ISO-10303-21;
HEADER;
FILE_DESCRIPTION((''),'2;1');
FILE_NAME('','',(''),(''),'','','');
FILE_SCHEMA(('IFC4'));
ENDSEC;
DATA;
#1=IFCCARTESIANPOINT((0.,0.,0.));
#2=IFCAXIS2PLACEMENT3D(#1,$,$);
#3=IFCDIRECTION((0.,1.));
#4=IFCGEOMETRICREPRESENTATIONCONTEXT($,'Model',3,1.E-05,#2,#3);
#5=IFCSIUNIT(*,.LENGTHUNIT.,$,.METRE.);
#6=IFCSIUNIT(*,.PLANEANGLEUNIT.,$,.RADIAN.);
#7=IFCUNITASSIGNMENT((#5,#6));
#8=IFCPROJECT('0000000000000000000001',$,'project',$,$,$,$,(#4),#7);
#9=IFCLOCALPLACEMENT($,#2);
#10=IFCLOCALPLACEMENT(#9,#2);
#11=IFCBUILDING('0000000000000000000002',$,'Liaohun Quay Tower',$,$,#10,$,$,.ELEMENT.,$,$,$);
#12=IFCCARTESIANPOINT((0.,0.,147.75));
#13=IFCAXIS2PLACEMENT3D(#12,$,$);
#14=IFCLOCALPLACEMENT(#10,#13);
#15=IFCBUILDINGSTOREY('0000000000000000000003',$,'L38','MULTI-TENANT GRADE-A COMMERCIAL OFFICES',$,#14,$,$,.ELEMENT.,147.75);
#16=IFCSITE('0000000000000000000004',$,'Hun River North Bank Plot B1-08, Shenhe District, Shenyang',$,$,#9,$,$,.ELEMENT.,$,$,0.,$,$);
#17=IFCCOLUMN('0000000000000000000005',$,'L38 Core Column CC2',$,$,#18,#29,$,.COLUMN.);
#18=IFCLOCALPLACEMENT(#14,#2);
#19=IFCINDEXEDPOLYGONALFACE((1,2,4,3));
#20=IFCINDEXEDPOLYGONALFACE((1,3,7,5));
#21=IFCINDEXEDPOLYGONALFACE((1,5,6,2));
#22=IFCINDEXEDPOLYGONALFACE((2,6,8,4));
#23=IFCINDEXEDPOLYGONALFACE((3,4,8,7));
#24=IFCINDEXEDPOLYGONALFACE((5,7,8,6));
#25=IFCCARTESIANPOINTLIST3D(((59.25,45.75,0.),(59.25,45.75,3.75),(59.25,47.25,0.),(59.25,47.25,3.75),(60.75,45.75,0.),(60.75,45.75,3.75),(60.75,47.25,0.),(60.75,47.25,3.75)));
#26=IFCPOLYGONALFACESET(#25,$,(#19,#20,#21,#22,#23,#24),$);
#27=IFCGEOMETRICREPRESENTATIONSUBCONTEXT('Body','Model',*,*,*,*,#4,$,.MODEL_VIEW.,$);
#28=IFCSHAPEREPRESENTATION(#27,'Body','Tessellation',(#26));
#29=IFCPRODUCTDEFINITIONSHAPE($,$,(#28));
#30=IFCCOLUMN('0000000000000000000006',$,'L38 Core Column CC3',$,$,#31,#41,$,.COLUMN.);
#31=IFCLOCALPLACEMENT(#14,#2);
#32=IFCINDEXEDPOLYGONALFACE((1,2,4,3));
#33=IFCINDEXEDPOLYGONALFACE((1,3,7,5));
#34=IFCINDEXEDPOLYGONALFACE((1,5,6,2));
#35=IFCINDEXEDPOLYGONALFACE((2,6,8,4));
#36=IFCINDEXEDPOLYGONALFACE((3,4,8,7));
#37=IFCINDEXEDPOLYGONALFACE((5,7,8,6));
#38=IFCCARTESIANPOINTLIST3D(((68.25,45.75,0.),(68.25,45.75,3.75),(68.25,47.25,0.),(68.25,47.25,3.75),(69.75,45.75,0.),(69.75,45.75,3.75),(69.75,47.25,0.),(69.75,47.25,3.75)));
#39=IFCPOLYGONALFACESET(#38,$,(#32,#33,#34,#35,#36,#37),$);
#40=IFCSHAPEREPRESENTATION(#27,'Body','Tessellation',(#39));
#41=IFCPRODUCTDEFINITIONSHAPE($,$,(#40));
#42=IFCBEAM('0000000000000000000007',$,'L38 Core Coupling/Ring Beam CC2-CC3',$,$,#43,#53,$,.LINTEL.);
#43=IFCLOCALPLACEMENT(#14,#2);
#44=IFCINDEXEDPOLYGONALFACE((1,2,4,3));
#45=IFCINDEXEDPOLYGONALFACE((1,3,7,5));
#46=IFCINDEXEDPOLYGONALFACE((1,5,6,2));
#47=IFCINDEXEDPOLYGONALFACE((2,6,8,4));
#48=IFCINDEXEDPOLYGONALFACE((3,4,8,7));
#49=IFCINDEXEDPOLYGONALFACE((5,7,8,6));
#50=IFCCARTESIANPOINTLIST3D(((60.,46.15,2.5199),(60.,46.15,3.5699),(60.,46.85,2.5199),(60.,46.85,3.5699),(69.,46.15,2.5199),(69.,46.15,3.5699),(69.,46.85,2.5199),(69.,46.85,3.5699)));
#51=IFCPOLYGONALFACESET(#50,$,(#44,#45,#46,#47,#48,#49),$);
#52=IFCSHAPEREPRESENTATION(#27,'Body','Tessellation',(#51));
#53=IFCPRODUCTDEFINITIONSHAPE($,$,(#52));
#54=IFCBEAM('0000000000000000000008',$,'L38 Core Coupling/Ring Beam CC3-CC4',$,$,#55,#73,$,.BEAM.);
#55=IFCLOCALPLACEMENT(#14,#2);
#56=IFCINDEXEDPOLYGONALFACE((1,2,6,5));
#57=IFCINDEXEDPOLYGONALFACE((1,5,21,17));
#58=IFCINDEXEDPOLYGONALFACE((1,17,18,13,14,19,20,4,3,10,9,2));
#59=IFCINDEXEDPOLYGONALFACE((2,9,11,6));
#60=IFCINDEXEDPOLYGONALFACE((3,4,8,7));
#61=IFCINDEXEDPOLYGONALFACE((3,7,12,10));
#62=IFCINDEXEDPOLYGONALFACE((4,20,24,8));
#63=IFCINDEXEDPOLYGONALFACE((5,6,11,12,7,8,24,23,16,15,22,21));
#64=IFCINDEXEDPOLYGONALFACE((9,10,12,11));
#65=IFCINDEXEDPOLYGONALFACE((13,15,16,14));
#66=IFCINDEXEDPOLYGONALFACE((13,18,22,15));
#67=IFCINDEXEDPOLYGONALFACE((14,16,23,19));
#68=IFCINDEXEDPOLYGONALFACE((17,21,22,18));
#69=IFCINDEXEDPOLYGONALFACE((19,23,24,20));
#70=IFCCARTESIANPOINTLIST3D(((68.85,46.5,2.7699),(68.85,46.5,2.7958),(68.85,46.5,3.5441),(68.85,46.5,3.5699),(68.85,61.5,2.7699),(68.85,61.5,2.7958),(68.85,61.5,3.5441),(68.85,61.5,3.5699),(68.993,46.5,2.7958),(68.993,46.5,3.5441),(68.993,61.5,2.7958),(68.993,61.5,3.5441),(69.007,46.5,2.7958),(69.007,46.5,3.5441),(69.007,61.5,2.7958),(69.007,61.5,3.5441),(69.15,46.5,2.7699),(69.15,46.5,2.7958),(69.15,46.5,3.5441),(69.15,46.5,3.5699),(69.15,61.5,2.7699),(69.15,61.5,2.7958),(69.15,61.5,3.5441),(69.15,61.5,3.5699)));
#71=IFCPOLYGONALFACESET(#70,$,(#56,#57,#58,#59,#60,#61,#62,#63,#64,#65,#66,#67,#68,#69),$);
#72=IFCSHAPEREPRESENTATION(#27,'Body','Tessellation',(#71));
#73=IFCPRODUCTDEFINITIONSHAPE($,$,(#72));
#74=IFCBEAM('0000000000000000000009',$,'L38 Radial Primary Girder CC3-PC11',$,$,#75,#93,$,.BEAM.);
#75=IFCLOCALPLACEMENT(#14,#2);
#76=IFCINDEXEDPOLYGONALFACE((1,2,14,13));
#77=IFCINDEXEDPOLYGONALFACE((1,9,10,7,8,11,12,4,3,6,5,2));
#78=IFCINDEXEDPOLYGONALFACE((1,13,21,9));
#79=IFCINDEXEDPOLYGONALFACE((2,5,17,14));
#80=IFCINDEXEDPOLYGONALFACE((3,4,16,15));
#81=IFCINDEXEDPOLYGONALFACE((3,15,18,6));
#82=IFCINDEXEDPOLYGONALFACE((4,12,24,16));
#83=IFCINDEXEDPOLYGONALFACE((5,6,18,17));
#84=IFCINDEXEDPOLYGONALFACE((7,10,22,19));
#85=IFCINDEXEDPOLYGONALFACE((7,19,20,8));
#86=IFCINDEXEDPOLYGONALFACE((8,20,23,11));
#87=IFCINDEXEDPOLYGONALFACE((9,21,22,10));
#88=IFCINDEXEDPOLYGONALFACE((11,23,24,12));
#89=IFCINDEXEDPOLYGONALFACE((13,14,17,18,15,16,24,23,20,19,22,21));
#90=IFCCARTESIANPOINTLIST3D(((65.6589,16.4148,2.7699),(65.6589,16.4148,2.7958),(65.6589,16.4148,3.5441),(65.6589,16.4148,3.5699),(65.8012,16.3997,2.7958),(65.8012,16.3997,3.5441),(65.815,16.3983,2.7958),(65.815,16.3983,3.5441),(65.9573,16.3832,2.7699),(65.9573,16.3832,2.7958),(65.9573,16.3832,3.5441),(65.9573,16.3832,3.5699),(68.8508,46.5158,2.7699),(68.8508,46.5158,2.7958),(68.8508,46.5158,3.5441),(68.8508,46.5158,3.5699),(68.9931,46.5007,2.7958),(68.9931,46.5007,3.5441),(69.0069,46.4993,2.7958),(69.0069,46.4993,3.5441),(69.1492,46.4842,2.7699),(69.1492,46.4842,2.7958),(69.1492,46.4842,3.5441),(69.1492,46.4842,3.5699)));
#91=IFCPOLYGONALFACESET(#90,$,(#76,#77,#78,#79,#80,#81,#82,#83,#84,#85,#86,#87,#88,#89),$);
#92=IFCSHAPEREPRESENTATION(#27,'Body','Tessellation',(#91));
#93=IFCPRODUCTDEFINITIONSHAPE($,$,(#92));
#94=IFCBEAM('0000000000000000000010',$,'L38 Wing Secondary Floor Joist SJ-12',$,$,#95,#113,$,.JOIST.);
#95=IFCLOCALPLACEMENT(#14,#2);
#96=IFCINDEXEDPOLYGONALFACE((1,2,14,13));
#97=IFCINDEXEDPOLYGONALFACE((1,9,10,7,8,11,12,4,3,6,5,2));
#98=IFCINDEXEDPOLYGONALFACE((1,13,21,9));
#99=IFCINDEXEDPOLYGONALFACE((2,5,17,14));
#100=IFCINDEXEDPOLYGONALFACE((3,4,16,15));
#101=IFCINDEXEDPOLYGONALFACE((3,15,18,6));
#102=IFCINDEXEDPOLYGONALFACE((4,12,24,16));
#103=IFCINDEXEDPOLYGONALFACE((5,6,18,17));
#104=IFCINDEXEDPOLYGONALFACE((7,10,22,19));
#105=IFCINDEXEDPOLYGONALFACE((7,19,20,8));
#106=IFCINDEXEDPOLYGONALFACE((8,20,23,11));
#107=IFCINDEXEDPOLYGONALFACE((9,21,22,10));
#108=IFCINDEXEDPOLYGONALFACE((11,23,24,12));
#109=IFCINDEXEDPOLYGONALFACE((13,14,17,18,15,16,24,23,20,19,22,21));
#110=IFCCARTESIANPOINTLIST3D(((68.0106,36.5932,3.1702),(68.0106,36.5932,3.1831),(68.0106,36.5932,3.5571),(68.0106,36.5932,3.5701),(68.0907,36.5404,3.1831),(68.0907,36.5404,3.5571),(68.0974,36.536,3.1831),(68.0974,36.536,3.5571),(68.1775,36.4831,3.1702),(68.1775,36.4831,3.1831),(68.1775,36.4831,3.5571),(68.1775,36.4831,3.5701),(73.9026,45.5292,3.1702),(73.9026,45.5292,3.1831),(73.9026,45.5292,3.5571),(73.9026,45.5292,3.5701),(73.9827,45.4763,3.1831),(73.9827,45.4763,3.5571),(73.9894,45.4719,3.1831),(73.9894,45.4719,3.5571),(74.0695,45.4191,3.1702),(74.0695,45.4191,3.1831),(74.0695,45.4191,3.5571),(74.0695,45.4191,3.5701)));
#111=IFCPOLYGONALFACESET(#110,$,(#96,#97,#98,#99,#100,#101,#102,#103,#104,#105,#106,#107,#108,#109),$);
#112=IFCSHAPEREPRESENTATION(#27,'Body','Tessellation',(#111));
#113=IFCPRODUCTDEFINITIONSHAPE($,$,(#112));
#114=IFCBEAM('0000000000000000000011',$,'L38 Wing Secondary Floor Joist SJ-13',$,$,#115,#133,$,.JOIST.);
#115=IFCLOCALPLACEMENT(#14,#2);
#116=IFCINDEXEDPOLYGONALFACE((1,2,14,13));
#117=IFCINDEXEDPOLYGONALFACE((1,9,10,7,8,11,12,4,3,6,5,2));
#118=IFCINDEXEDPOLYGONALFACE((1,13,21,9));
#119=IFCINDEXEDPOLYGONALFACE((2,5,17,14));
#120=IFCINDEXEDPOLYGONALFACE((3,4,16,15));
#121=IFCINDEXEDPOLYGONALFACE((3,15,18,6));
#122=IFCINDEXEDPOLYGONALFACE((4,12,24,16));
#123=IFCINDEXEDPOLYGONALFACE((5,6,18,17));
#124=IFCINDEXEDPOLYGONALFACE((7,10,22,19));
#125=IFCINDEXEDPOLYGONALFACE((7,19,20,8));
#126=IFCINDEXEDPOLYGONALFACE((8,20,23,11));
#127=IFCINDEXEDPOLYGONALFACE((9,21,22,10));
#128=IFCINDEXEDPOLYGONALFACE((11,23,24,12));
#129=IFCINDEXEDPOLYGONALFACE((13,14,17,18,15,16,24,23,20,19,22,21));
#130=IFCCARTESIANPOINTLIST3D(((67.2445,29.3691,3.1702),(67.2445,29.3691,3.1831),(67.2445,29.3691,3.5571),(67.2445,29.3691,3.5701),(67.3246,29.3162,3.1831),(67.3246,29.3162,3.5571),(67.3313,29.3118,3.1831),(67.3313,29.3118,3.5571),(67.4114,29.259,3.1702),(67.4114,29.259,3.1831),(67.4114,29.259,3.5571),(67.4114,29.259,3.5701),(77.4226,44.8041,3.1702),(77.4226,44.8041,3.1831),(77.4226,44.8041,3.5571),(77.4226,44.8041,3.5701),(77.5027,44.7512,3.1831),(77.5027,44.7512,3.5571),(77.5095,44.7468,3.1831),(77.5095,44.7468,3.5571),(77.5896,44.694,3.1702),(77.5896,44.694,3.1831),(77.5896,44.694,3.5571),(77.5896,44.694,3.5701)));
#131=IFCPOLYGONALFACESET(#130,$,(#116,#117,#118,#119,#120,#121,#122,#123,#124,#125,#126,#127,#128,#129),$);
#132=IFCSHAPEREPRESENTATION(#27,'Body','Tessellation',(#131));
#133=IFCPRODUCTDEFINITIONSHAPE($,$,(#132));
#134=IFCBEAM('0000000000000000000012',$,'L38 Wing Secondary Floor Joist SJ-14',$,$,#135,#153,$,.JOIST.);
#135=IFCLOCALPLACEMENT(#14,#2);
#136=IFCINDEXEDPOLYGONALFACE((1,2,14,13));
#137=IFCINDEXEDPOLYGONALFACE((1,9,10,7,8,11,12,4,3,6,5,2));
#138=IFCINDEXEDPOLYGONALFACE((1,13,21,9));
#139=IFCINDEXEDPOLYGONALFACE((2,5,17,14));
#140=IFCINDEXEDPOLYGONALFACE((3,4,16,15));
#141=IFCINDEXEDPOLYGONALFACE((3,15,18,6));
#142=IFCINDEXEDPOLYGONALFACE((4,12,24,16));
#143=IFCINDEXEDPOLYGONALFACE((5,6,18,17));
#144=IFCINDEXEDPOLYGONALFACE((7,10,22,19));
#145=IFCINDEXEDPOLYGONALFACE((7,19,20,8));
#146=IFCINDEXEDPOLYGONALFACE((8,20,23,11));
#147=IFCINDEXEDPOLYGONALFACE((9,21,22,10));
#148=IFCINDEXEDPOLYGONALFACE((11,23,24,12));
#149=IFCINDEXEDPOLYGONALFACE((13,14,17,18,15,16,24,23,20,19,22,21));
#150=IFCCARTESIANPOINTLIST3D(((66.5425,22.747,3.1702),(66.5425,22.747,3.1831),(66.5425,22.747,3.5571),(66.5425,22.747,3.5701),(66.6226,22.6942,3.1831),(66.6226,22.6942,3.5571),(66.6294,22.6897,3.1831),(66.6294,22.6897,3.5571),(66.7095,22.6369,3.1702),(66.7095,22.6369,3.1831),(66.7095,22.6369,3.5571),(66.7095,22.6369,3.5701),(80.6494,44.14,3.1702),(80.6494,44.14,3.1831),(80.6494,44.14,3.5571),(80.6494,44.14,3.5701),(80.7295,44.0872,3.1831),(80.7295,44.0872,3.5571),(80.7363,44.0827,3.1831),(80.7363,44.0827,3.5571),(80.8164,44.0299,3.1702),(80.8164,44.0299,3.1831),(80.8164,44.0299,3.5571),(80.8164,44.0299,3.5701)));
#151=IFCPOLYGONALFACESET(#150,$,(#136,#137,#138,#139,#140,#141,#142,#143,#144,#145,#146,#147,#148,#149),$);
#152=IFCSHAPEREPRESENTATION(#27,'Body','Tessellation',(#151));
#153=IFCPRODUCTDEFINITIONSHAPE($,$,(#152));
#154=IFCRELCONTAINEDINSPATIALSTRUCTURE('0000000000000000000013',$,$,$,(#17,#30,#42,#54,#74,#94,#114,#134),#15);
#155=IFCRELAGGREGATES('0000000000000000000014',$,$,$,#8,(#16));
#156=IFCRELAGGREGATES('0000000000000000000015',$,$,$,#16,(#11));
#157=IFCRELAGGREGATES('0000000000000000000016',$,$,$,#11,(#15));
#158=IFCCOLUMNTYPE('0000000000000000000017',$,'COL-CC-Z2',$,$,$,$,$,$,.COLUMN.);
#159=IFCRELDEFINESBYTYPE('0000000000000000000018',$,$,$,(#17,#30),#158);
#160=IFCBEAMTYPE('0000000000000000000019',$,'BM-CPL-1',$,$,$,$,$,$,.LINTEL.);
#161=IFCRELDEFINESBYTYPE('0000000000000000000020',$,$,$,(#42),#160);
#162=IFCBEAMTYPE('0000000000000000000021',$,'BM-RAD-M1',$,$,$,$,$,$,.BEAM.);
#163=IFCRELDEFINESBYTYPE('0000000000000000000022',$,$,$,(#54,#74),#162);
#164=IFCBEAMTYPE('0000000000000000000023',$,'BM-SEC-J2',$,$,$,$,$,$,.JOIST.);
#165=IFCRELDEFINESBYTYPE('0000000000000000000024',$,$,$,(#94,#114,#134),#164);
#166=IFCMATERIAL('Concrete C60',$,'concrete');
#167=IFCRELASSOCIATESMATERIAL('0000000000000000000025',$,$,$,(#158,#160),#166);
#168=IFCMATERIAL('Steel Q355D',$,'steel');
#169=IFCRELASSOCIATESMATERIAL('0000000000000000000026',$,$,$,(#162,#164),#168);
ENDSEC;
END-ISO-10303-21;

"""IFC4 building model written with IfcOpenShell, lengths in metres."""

from ifc_helpers import new_model, si_unit, direction, frame, origin, origin_2d, place, context, subcontext, project, spatial, rectangle, i_section, extrude, source, transform, mapped, material, material_profile, profile_set, type_object, element, save


model = new_model("IFC4")

# Units and contexts
model_context = context("Model", 3, precision=1e-05, world=origin(), true_north=direction((0.0, 1.0)))
body_context = subcontext(model_context, "Body", "Model", "MODEL_VIEW")
ifc_project = project(units=[si_unit("LENGTHUNIT", "METRE"), si_unit("PLANEANGLEUNIT", "RADIAN")], contexts=[model_context])

# Site, building, storey
site_placement = place(None, origin())
site = spatial("IfcSite", under=ifc_project, at=site_placement, Name="Hun River North Bank Plot B1-08, Shenhe District, Shenyang", CompositionType="ELEMENT", RefElevation=0.0)
building_placement = place(site_placement, origin())
building = spatial("IfcBuilding", under=site, at=building_placement, Name="Liaohun Quay Tower", CompositionType="ELEMENT")
storey_placement = place(building_placement, frame((0.0, 0.0, 147.75)))
storey = spatial("IfcBuildingStorey", under=building, at=storey_placement, Name="L38", Description="MULTI-TENANT GRADE-A COMMERCIAL OFFICES", CompositionType="ELEMENT", Elevation=147.75)

# Columns
ifc_material_1 = material(Name="Concrete C60", Category="concrete")
ifc_material_profile_1 = material_profile(ifc_material_1, rectangle(XDim=1.5, YDim=1.5, at=origin_2d()), Name="RC1500x1500")
ifc_profile_set_1 = profile_set([ifc_material_profile_1], Name="Concrete C60")
column_type = type_object("IfcColumnType", Name="COL-CC-Z2", PredefinedType="COLUMN", material=ifc_profile_set_1)
shared_shape_1 = source(origin(), body_context, "Body", "SweptSolid", [
    extrude(rectangle(XDim=1.5, YDim=1.5, at=origin_2d()), origin(), (0.0, 0.0, 1.0), 3.75),
])
for number, where, z_axis, x_axis, name in (
    (1, (60.0, 46.5, 0.0), (0.0, 0.0, 1.0), (1.0, 0.0, 0.0), "L38 Core Column CC2"),
    (2, (69.0, 46.5, 0.0), (0.0, 0.0, 1.0), (1.0, 0.0, 0.0), "L38 Core Column CC3"),
):
    element("IfcColumn", number, at=place(storey_placement, frame(where, z_axis=z_axis, x_axis=x_axis)), inside=storey, type_object=column_type, Name=name, PredefinedType="COLUMN", context=body_context, shape_type="MappedRepresentation", body=[
        mapped(shared_shape_1, transform((0.0, 0.0, 0.0), x_axis=(1.0, 0.0, 0.0), y_axis=(0.0, 1.0, 0.0), z_axis=(0.0, 0.0, 1.0), scale=1.0)),
    ])

# Beams
ifc_material_profile_2 = material_profile(ifc_material_1, rectangle(XDim=0.7, YDim=1.05, at=origin_2d()), Name="RC700x1050")
ifc_profile_set_2 = profile_set([ifc_material_profile_2], Name="Concrete C60")
beam_type_1 = type_object("IfcBeamType", Name="BM-CPL-1", PredefinedType="LINTEL", material=ifc_profile_set_2)
shared_shape_2 = source(origin(), body_context, "Body", "SweptSolid", [
    extrude(rectangle(XDim=0.7, YDim=1.05, at=origin_2d()), origin(), (0.0, 0.0, 1.0), 9.0),
])
beam_1_placement = place(storey_placement, frame((60.0, 46.5, 3.0449), z_axis=(1.0, 0.0, 0.0), x_axis=(0.0, 1.0, 0.0)))
element("IfcBeam", 3, at=beam_1_placement, inside=storey, type_object=beam_type_1, Name="L38 Core Coupling/Ring Beam CC2-CC3", PredefinedType="LINTEL", context=body_context, shape_type="MappedRepresentation", body=[
    mapped(shared_shape_2, transform((0.0, 0.0, 0.0), x_axis=(1.0, 0.0, 0.0), y_axis=(0.0, 1.0, 0.0), z_axis=(0.0, 0.0, 1.0), scale=1.0)),
])
ifc_material_2 = material(Name="Steel Q355D", Category="steel")
ifc_material_profile_3 = material_profile(ifc_material_2, i_section(OverallWidth=0.3, OverallDepth=0.8, WebThickness=0.0139, FlangeThickness=0.0259, at=origin_2d()), Name="HN800x300x14x26")
ifc_profile_set_3 = profile_set([ifc_material_profile_3], Name="Steel Q355D")
beam_type_2 = type_object("IfcBeamType", Name="BM-RAD-M1", PredefinedType="BEAM", material=ifc_profile_set_3)
shared_shape_3 = source(origin(), body_context, "Body", "SweptSolid", [
    extrude(i_section(OverallWidth=0.3, OverallDepth=0.8, WebThickness=0.0139, FlangeThickness=0.0259, at=origin_2d()), origin(), (0.0, 0.0, 1.0), 15.0),
])
beam_2_placement = place(storey_placement, frame((69.0, 46.5, 3.1699), z_axis=(0.0, 1.0, 0.0), x_axis=(-1.0, 0.0, 0.0)))
element("IfcBeam", 4, at=beam_2_placement, inside=storey, type_object=beam_type_2, Name="L38 Core Coupling/Ring Beam CC3-CC4", PredefinedType="BEAM", context=body_context, shape_type="MappedRepresentation", body=[
    mapped(shared_shape_3, transform((0.0, 0.0, 0.0), x_axis=(1.0, 0.0, 0.0), y_axis=(0.0, 1.0, 0.0), z_axis=(0.0, 0.0, 1.0), scale=1.0)),
])
shared_shape_4 = source(origin(), body_context, "Body", "SweptSolid", [
    extrude(i_section(OverallWidth=0.3, OverallDepth=0.8, WebThickness=0.0139, FlangeThickness=0.0259, at=origin_2d()), origin(), (0.0, 0.0, 1.0), 30.2698),
])
beam_3_placement = place(storey_placement, frame((69.0, 46.5, 3.1699), z_axis=(-0.105448, -0.994425, 0.0), x_axis=(0.994425, -0.105448, 0.0)))
element("IfcBeam", 5, at=beam_3_placement, inside=storey, type_object=beam_type_2, Name="L38 Radial Primary Girder CC3-PC11", PredefinedType="BEAM", context=body_context, shape_type="MappedRepresentation", body=[
    mapped(shared_shape_4, transform((0.0, 0.0, 0.0), x_axis=(1.0, 0.0, 0.0), y_axis=(0.0, 1.0, 0.0), z_axis=(0.0, 0.0, 1.0), scale=1.0)),
])
ifc_material_profile_4 = material_profile(ifc_material_2, i_section(OverallWidth=0.2, OverallDepth=0.3999, WebThickness=0.0081, FlangeThickness=0.0129, at=origin_2d()), Name="HN400x200x8x13")
ifc_profile_set_4 = profile_set([ifc_material_profile_4], Name="Steel Q355D")
beam_type_3 = type_object("IfcBeamType", Name="BM-SEC-J2", PredefinedType="JOIST", material=ifc_profile_set_4)
shared_shape_5 = source(origin(), body_context, "Body", "SweptSolid", [
    extrude(i_section(OverallWidth=0.2, OverallDepth=0.3999, WebThickness=0.0081, FlangeThickness=0.0129, at=origin_2d()), origin(), (0.0, 0.0, 1.0), 10.7036),
])
beam_4_placement = place(storey_placement, frame((73.9861, 45.4741, 3.3701), z_axis=(-0.550472, -0.834854, 0.0), x_axis=(0.834854, -0.550472, 0.0)))
element("IfcBeam", 6, at=beam_4_placement, inside=storey, type_object=beam_type_3, Name="L38 Wing Secondary Floor Joist SJ-12", PredefinedType="JOIST", context=body_context, shape_type="MappedRepresentation", body=[
    mapped(shared_shape_5, transform((0.0, 0.0, 0.0), x_axis=(1.0, 0.0, 0.0), y_axis=(0.0, 1.0, 0.0), z_axis=(0.0, 0.0, 1.0), scale=1.0)),
])
shared_shape_6 = source(origin(), body_context, "Body", "SweptSolid", [
    extrude(i_section(OverallWidth=0.2, OverallDepth=0.3999, WebThickness=0.0081, FlangeThickness=0.0129, at=origin_2d()), origin(), (0.0, 0.0, 1.0), 18.4888),
])
beam_5_placement = place(storey_placement, frame((77.5061, 44.749, 3.3701), z_axis=(-0.550506, -0.834831, 0.0), x_axis=(0.834831, -0.550506, 0.0)))
element("IfcBeam", 7, at=beam_5_placement, inside=storey, type_object=beam_type_3, Name="L38 Wing Secondary Floor Joist SJ-13", PredefinedType="JOIST", context=body_context, shape_type="MappedRepresentation", body=[
    mapped(shared_shape_6, transform((0.0, 0.0, 0.0), x_axis=(1.0, 0.0, 0.0), y_axis=(0.0, 1.0, 0.0), z_axis=(0.0, 0.0, 1.0), scale=1.0)),
])
shared_shape_7 = source(origin(), body_context, "Body", "SweptSolid", [
    extrude(i_section(OverallWidth=0.2, OverallDepth=0.3999, WebThickness=0.0081, FlangeThickness=0.0129, at=origin_2d()), origin(), (0.0, 0.0, 1.0), 25.6255),
])
beam_6_placement = place(storey_placement, frame((80.7329, 44.085, 3.3701), z_axis=(-0.550503, -0.834833, 0.0), x_axis=(0.834833, -0.550503, 0.0)))
element("IfcBeam", 8, at=beam_6_placement, inside=storey, type_object=beam_type_3, Name="L38 Wing Secondary Floor Joist SJ-14", PredefinedType="JOIST", context=body_context, shape_type="MappedRepresentation", body=[
    mapped(shared_shape_7, transform((0.0, 0.0, 0.0), x_axis=(1.0, 0.0, 0.0), y_axis=(0.0, 1.0, 0.0), z_axis=(0.0, 0.0, 1.0), scale=1.0)),
])

save(model, "model.ifc")
